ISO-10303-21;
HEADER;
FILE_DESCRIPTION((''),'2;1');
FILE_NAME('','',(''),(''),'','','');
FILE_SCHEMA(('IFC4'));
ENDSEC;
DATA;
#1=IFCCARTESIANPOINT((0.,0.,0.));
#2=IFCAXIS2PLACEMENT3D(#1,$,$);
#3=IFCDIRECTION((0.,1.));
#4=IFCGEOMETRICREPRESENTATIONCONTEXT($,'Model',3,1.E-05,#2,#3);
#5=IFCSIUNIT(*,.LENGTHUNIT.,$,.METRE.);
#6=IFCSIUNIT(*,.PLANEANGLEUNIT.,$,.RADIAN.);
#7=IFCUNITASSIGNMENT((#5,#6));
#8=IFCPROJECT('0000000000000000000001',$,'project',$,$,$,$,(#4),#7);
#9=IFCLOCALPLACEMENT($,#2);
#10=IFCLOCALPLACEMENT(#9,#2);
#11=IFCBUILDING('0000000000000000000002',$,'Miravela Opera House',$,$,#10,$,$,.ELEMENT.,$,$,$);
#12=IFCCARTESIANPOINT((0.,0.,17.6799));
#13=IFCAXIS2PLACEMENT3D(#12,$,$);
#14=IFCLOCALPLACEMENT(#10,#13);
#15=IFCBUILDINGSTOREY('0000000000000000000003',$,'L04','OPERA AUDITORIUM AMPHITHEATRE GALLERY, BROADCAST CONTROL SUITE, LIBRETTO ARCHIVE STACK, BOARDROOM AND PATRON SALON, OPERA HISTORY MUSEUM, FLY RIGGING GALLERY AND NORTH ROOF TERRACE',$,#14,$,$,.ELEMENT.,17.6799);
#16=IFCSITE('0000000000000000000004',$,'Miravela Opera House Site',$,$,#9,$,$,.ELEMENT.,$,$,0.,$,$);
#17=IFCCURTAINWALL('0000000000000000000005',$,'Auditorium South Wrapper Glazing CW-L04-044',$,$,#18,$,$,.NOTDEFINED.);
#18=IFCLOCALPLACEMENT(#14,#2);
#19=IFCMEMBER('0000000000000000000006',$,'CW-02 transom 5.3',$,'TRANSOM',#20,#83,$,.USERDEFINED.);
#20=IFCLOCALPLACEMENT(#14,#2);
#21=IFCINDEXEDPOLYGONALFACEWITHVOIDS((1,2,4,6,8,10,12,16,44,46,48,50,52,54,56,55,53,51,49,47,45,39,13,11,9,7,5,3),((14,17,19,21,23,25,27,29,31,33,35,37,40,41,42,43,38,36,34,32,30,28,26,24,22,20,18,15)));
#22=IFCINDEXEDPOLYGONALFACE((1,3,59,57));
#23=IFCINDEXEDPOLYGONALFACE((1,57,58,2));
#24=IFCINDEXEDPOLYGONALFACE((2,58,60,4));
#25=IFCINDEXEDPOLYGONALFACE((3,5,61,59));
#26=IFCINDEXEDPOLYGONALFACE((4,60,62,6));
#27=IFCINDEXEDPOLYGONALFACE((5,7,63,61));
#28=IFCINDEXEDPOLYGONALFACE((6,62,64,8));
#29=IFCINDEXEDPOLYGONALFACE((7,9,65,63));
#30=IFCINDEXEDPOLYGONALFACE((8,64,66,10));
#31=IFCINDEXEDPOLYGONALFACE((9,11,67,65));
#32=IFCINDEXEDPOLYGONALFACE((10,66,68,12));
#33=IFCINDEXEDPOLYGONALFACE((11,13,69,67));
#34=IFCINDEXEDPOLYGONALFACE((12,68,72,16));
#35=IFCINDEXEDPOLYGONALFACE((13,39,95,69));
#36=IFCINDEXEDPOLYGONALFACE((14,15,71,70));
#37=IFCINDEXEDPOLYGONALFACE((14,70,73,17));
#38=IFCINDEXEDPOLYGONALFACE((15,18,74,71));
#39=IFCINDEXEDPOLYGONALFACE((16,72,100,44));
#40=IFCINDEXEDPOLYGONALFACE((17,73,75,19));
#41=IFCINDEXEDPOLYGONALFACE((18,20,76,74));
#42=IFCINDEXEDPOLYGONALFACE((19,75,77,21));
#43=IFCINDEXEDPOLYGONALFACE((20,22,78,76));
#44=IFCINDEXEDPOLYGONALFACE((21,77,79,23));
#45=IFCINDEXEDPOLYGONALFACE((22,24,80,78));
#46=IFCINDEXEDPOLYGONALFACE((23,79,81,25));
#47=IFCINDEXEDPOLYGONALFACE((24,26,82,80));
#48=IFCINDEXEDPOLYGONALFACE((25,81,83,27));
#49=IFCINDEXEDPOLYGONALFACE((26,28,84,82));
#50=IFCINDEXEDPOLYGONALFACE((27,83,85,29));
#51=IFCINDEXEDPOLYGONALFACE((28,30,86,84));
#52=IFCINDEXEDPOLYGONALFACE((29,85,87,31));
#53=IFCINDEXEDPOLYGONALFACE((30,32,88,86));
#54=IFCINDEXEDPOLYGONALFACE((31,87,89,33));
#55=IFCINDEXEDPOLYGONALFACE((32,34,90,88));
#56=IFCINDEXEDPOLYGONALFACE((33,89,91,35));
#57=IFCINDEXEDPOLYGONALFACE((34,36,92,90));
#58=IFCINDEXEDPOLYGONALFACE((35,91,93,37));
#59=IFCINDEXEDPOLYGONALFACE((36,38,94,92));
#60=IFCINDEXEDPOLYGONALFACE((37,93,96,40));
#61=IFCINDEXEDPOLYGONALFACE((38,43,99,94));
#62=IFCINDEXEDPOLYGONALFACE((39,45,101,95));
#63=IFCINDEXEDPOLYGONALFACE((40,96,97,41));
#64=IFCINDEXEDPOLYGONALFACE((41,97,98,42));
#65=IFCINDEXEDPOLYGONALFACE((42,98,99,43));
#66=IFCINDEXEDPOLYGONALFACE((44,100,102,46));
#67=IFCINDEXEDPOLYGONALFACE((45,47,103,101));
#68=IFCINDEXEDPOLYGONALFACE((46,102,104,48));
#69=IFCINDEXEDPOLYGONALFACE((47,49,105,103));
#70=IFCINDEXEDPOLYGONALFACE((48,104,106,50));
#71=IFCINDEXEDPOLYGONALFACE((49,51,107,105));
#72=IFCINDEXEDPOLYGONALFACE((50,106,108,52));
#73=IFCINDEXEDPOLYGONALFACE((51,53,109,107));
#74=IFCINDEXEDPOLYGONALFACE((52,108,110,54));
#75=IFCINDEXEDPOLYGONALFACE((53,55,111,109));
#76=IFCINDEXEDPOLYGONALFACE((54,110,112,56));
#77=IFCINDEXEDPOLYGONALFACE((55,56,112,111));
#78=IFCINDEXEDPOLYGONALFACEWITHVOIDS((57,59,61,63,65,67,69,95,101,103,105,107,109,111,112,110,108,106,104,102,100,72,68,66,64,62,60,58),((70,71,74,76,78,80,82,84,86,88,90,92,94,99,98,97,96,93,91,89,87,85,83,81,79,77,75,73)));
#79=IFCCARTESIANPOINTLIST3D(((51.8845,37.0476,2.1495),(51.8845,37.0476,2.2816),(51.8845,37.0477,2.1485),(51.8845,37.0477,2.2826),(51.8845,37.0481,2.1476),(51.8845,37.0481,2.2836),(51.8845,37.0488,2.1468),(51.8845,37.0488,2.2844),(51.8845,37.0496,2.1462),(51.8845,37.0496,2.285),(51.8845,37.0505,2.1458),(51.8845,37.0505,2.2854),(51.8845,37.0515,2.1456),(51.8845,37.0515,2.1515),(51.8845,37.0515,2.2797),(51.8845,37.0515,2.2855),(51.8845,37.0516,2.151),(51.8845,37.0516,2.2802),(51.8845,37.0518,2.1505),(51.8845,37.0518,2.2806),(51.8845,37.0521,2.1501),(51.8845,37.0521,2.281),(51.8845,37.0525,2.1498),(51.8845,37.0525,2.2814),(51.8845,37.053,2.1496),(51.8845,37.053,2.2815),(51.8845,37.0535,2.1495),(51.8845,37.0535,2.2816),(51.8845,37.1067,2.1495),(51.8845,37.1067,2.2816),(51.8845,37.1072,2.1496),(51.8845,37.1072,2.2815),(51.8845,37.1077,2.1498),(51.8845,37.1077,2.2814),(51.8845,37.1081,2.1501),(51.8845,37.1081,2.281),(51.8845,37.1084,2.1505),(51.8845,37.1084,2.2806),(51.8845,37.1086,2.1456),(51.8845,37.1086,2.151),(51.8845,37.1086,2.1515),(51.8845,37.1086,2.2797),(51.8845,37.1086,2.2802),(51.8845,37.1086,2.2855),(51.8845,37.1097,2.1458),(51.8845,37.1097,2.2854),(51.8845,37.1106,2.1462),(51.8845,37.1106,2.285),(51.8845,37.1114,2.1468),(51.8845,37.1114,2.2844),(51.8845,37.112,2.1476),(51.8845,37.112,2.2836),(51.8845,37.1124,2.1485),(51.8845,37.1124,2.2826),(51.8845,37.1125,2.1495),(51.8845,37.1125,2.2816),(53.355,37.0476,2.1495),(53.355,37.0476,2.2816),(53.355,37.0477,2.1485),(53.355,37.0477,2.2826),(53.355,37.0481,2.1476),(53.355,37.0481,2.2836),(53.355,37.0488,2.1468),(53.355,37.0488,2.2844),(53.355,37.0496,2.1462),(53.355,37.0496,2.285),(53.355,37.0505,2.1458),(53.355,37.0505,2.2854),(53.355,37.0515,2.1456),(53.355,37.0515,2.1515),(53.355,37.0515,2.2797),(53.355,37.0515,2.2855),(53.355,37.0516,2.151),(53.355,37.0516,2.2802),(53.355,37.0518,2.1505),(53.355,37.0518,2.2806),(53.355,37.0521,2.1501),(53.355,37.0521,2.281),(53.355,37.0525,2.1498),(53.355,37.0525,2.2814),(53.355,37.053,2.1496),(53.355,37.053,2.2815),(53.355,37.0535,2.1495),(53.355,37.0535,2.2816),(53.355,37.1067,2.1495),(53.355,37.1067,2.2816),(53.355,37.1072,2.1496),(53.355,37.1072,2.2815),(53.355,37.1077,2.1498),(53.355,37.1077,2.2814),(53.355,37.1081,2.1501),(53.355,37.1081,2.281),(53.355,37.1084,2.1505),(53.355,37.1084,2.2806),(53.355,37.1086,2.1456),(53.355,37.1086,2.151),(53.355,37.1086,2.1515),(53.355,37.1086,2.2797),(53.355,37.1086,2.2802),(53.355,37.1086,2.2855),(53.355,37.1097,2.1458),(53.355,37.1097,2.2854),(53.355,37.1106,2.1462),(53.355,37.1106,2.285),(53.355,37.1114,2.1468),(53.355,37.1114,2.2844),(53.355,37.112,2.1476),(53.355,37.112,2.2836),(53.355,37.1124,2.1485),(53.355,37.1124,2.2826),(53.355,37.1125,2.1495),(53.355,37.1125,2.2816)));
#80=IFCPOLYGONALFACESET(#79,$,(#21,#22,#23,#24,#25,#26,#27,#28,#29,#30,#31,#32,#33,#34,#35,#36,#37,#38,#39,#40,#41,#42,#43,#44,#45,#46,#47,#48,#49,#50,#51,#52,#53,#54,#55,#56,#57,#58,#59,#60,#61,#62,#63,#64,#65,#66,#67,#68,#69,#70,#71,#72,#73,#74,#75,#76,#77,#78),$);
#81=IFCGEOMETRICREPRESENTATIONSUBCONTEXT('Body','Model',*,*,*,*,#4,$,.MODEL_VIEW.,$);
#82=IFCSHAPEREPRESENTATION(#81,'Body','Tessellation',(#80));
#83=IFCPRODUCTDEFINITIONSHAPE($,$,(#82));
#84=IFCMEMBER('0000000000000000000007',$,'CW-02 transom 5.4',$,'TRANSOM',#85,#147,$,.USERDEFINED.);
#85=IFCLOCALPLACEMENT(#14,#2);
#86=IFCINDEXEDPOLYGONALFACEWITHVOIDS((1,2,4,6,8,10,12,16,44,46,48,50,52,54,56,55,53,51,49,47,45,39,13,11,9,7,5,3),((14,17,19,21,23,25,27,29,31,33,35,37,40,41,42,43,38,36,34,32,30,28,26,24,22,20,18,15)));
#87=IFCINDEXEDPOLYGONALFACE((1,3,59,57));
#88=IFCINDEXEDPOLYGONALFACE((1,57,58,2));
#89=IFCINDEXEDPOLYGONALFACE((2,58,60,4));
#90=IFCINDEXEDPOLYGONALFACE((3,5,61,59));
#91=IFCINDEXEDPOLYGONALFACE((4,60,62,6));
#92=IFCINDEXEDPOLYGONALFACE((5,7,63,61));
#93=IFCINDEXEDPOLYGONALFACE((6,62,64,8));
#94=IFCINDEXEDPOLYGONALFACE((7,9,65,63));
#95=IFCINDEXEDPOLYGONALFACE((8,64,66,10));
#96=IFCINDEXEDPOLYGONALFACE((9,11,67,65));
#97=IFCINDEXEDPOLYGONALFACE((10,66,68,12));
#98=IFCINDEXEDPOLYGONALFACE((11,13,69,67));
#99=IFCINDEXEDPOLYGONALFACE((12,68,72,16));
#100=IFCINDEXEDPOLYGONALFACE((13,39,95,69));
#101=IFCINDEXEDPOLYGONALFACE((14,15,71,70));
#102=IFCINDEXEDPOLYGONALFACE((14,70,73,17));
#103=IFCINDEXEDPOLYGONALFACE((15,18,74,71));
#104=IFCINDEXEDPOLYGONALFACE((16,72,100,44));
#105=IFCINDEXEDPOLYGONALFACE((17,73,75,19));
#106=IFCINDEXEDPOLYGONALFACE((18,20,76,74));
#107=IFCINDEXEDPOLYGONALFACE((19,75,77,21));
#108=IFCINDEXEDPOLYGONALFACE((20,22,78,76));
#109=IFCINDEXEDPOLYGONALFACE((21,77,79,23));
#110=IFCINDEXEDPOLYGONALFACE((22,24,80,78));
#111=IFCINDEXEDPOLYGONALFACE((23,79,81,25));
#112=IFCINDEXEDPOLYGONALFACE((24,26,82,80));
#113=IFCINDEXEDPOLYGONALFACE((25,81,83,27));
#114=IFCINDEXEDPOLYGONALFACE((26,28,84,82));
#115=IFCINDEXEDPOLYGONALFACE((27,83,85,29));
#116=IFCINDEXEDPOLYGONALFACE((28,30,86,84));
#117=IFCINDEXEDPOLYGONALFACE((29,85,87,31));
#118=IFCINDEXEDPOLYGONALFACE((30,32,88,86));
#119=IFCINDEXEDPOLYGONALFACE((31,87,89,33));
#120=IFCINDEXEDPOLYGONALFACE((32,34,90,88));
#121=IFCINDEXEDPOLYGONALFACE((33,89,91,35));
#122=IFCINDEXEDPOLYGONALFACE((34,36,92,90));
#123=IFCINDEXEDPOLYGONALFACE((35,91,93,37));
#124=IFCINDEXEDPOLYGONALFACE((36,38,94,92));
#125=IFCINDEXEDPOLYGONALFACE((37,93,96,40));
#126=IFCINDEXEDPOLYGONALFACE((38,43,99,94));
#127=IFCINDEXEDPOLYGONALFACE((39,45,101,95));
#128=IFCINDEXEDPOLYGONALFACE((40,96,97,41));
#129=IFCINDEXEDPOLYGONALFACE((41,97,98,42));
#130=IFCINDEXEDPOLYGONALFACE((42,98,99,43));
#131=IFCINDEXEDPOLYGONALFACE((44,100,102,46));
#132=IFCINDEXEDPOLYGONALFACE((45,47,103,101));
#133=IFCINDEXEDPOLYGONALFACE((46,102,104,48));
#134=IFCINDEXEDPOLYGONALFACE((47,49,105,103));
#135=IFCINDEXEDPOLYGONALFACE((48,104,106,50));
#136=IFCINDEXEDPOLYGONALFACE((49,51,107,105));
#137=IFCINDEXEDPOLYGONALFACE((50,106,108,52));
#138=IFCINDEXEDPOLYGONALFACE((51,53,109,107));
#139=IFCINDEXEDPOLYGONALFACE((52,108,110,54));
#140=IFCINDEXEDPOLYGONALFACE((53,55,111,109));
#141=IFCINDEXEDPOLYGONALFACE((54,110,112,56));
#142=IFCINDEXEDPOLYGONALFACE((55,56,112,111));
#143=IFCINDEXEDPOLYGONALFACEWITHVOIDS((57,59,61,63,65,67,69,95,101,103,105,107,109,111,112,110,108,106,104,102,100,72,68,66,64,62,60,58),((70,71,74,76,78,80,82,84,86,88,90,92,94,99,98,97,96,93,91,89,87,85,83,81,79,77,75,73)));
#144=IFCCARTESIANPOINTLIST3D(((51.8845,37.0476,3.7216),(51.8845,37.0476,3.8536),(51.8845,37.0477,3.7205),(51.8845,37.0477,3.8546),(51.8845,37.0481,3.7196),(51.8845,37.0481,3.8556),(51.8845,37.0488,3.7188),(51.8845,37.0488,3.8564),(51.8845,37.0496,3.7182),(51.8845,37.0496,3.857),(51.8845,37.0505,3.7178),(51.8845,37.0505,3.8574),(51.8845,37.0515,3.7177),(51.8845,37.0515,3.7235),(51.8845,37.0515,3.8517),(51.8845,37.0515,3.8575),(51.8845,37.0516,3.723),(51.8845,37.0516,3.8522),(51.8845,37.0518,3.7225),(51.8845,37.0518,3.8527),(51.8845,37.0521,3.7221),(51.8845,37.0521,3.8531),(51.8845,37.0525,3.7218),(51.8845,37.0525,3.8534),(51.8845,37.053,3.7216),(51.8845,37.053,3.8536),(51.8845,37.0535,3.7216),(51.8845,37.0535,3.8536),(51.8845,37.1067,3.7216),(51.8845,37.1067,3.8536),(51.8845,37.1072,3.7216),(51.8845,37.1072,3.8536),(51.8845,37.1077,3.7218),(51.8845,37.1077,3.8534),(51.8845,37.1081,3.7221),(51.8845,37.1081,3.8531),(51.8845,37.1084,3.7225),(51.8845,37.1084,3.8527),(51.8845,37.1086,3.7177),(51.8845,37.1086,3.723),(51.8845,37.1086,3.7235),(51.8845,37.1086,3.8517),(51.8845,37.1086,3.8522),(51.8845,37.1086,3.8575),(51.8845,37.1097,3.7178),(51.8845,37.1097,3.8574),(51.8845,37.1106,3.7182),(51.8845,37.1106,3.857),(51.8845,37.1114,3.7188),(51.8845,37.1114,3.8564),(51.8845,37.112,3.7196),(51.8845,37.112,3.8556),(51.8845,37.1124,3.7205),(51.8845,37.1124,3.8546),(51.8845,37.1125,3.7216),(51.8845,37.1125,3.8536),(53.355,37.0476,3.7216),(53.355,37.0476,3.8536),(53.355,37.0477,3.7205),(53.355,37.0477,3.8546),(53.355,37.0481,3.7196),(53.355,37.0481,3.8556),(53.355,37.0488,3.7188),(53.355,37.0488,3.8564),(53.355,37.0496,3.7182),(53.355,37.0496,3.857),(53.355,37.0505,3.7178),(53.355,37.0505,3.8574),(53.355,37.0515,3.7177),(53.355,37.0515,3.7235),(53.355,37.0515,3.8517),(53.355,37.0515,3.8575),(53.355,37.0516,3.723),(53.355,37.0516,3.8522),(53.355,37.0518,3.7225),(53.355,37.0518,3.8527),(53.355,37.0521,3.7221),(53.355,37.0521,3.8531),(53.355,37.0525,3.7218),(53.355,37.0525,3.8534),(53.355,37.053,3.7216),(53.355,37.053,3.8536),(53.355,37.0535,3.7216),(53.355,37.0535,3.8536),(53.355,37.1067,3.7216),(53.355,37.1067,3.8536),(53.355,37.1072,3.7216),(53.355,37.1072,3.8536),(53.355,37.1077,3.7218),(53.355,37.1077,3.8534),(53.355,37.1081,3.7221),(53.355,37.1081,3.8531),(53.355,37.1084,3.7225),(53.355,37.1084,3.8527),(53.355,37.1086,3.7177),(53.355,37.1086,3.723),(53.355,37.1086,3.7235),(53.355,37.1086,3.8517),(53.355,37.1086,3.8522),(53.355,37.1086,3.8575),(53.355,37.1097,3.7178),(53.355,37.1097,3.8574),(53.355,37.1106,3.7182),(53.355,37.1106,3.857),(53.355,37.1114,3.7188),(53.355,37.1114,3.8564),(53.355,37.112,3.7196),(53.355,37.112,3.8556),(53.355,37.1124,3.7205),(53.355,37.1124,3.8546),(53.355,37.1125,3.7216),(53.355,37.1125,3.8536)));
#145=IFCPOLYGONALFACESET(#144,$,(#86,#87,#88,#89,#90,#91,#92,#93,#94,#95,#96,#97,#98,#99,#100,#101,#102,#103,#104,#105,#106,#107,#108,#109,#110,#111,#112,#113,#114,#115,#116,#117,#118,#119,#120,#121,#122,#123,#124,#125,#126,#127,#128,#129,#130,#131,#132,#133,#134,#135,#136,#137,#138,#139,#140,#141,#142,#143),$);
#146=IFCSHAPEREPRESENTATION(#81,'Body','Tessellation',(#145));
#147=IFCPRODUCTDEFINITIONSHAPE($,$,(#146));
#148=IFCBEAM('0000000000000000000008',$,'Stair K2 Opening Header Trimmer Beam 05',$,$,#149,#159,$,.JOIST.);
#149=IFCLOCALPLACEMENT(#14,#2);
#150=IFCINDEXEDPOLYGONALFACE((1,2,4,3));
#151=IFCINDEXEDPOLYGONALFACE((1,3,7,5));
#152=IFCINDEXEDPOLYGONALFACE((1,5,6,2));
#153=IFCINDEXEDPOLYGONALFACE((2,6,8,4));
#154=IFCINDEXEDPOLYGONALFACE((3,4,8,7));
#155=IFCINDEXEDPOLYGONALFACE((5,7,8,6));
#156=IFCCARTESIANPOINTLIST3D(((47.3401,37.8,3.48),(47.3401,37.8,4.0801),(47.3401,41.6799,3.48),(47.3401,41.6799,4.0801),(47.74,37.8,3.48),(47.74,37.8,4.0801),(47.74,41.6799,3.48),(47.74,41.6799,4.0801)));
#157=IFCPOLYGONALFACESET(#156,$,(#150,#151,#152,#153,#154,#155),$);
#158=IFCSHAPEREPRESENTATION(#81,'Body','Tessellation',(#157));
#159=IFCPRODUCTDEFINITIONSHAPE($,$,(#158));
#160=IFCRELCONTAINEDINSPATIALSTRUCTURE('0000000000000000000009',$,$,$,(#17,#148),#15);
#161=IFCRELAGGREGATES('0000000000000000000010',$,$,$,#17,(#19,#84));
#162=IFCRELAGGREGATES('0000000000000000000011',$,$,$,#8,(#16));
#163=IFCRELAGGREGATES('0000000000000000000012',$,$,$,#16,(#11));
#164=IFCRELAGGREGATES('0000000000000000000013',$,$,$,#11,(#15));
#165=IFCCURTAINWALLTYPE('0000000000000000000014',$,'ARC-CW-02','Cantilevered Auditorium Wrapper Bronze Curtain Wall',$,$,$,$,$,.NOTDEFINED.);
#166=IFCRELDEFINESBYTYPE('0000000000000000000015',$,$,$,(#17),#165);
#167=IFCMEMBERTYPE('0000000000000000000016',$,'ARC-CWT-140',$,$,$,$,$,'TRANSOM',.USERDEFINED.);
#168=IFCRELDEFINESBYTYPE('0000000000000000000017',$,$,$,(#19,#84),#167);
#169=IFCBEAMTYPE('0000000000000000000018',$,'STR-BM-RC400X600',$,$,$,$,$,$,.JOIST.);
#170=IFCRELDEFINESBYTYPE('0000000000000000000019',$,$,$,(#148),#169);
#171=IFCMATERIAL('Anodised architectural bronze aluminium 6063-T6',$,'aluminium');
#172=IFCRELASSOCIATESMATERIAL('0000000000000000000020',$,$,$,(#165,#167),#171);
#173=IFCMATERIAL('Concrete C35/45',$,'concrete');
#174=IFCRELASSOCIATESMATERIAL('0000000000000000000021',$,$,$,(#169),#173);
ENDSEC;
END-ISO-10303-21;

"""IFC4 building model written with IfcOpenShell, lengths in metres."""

from ifc_helpers import new_model, si_unit, direction, frame, origin, origin_2d, place, context, subcontext, project, spatial, rectangle, hollow_rectangle, extrude, material, material_profile, profile_set, type_object, element, aggregate, save


model = new_model("IFC4")

# Units and contexts
model_context = context("Model", 3, precision=1e-05, world=origin(), true_north=direction((0.0, 1.0)))
body_context = subcontext(model_context, "Body", "Model", "MODEL_VIEW")
ifc_project = project(units=[si_unit("LENGTHUNIT", "METRE"), si_unit("PLANEANGLEUNIT", "RADIAN")], contexts=[model_context])

# Site, building, storey
site_placement = place(None, origin())
site = spatial("IfcSite", under=ifc_project, at=site_placement, Name="Miravela Opera House Site", CompositionType="ELEMENT", RefElevation=0.0)
building_placement = place(site_placement, origin())
building = spatial("IfcBuilding", under=site, at=building_placement, Name="Miravela Opera House", CompositionType="ELEMENT")
storey_placement = place(building_placement, frame((0.0, 0.0, 17.6799)))
storey = spatial("IfcBuildingStorey", under=building, at=storey_placement, Name="L04", Description="OPERA AUDITORIUM AMPHITHEATRE GALLERY, BROADCAST CONTROL SUITE, LIBRETTO ARCHIVE STACK, BOARDROOM AND PATRON SALON, OPERA HISTORY MUSEUM, FLY RIGGING GALLERY AND NORTH ROOF TERRACE", CompositionType="ELEMENT", Elevation=17.6799)

# Curtain wall, members
ifc_material_1 = material(Name="Anodised architectural bronze aluminium 6063-T6", Category="aluminium")
curtain_wall_type = type_object("IfcCurtainWallType", Name="ARC-CW-02", Description="Cantilevered Auditorium Wrapper Bronze Curtain Wall", PredefinedType="NOTDEFINED", material=ifc_material_1)
curtain_wall_placement = place(storey_placement, origin())
curtain_wall = element("IfcCurtainWall", 1, at=curtain_wall_placement, inside=storey, type_object=curtain_wall_type, Name="Auditorium South Wrapper Glazing CW-L04-044", PredefinedType="NOTDEFINED")
ifc_material_profile_1 = material_profile(ifc_material_1, hollow_rectangle(XDim=0.0649, YDim=0.1399, WallThickness=0.0039, InnerFilletRadius=0.002, OuterFilletRadius=0.0039, at=origin_2d()), Name="CWT-65X140")
ifc_profile_set_1 = profile_set([ifc_material_profile_1])
member_type_1 = type_object("IfcMemberType", Name="ARC-CWT-140", ElementType="TRANSOM", PredefinedType="USERDEFINED", material=ifc_profile_set_1)
member_1_placement = place(storey_placement, frame((51.8845, 37.0801, 2.2156), z_axis=(1.0, 0.0, 0.0), x_axis=(0.0, 1.0, 0.0)))
member_1 = element("IfcMember", 2, at=member_1_placement, type_object=member_type_1, Name="CW-02 transom 5.3", ObjectType="TRANSOM", PredefinedType="USERDEFINED", context=body_context, shape_type="SweptSolid", body=[
    extrude(hollow_rectangle(XDim=0.0649, YDim=0.1399, WallThickness=0.0039, InnerFilletRadius=0.002, OuterFilletRadius=0.0039, at=origin_2d()), origin(), (0.0, 0.0, 1.0), 1.4705),
])
member_2_placement = place(storey_placement, frame((51.8845, 37.0801, 3.7876), z_axis=(1.0, 0.0, 0.0), x_axis=(0.0, 1.0, 0.0)))
member_2 = element("IfcMember", 3, at=member_2_placement, type_object=member_type_1, Name="CW-02 transom 5.4", ObjectType="TRANSOM", PredefinedType="USERDEFINED", context=body_context, shape_type="SweptSolid", body=[
    extrude(hollow_rectangle(XDim=0.0649, YDim=0.1399, WallThickness=0.0039, InnerFilletRadius=0.002, OuterFilletRadius=0.0039, at=origin_2d()), origin(), (0.0, 0.0, 1.0), 1.4705),
])

# Beam
ifc_material_2 = material(Name="Concrete C35/45", Category="concrete")
ifc_material_profile_2 = material_profile(ifc_material_2, rectangle(XDim=0.3999, YDim=0.6001, at=origin_2d()), Name="RC-BM-400X600")
ifc_profile_set_2 = profile_set([ifc_material_profile_2])
beam_type_1 = type_object("IfcBeamType", Name="STR-BM-RC400X600", PredefinedType="JOIST", material=ifc_profile_set_2)
beam_1_placement = place(storey_placement, frame((47.54, 37.8, 3.78), z_axis=(0.0, 1.0, 0.0), x_axis=(-1.0, 0.0, 0.0)))
element("IfcBeam", 4, at=beam_1_placement, inside=storey, type_object=beam_type_1, Name="Stair K2 Opening Header Trimmer Beam 05", PredefinedType="JOIST", context=body_context, shape_type="SweptSolid", body=[
    extrude(rectangle(XDim=0.3999, YDim=0.6001, at=origin_2d()), origin(), (0.0, 0.0, 1.0), 3.8799),
])

aggregate(curtain_wall, [member_1, member_2])

save(model, "model.ifc")
